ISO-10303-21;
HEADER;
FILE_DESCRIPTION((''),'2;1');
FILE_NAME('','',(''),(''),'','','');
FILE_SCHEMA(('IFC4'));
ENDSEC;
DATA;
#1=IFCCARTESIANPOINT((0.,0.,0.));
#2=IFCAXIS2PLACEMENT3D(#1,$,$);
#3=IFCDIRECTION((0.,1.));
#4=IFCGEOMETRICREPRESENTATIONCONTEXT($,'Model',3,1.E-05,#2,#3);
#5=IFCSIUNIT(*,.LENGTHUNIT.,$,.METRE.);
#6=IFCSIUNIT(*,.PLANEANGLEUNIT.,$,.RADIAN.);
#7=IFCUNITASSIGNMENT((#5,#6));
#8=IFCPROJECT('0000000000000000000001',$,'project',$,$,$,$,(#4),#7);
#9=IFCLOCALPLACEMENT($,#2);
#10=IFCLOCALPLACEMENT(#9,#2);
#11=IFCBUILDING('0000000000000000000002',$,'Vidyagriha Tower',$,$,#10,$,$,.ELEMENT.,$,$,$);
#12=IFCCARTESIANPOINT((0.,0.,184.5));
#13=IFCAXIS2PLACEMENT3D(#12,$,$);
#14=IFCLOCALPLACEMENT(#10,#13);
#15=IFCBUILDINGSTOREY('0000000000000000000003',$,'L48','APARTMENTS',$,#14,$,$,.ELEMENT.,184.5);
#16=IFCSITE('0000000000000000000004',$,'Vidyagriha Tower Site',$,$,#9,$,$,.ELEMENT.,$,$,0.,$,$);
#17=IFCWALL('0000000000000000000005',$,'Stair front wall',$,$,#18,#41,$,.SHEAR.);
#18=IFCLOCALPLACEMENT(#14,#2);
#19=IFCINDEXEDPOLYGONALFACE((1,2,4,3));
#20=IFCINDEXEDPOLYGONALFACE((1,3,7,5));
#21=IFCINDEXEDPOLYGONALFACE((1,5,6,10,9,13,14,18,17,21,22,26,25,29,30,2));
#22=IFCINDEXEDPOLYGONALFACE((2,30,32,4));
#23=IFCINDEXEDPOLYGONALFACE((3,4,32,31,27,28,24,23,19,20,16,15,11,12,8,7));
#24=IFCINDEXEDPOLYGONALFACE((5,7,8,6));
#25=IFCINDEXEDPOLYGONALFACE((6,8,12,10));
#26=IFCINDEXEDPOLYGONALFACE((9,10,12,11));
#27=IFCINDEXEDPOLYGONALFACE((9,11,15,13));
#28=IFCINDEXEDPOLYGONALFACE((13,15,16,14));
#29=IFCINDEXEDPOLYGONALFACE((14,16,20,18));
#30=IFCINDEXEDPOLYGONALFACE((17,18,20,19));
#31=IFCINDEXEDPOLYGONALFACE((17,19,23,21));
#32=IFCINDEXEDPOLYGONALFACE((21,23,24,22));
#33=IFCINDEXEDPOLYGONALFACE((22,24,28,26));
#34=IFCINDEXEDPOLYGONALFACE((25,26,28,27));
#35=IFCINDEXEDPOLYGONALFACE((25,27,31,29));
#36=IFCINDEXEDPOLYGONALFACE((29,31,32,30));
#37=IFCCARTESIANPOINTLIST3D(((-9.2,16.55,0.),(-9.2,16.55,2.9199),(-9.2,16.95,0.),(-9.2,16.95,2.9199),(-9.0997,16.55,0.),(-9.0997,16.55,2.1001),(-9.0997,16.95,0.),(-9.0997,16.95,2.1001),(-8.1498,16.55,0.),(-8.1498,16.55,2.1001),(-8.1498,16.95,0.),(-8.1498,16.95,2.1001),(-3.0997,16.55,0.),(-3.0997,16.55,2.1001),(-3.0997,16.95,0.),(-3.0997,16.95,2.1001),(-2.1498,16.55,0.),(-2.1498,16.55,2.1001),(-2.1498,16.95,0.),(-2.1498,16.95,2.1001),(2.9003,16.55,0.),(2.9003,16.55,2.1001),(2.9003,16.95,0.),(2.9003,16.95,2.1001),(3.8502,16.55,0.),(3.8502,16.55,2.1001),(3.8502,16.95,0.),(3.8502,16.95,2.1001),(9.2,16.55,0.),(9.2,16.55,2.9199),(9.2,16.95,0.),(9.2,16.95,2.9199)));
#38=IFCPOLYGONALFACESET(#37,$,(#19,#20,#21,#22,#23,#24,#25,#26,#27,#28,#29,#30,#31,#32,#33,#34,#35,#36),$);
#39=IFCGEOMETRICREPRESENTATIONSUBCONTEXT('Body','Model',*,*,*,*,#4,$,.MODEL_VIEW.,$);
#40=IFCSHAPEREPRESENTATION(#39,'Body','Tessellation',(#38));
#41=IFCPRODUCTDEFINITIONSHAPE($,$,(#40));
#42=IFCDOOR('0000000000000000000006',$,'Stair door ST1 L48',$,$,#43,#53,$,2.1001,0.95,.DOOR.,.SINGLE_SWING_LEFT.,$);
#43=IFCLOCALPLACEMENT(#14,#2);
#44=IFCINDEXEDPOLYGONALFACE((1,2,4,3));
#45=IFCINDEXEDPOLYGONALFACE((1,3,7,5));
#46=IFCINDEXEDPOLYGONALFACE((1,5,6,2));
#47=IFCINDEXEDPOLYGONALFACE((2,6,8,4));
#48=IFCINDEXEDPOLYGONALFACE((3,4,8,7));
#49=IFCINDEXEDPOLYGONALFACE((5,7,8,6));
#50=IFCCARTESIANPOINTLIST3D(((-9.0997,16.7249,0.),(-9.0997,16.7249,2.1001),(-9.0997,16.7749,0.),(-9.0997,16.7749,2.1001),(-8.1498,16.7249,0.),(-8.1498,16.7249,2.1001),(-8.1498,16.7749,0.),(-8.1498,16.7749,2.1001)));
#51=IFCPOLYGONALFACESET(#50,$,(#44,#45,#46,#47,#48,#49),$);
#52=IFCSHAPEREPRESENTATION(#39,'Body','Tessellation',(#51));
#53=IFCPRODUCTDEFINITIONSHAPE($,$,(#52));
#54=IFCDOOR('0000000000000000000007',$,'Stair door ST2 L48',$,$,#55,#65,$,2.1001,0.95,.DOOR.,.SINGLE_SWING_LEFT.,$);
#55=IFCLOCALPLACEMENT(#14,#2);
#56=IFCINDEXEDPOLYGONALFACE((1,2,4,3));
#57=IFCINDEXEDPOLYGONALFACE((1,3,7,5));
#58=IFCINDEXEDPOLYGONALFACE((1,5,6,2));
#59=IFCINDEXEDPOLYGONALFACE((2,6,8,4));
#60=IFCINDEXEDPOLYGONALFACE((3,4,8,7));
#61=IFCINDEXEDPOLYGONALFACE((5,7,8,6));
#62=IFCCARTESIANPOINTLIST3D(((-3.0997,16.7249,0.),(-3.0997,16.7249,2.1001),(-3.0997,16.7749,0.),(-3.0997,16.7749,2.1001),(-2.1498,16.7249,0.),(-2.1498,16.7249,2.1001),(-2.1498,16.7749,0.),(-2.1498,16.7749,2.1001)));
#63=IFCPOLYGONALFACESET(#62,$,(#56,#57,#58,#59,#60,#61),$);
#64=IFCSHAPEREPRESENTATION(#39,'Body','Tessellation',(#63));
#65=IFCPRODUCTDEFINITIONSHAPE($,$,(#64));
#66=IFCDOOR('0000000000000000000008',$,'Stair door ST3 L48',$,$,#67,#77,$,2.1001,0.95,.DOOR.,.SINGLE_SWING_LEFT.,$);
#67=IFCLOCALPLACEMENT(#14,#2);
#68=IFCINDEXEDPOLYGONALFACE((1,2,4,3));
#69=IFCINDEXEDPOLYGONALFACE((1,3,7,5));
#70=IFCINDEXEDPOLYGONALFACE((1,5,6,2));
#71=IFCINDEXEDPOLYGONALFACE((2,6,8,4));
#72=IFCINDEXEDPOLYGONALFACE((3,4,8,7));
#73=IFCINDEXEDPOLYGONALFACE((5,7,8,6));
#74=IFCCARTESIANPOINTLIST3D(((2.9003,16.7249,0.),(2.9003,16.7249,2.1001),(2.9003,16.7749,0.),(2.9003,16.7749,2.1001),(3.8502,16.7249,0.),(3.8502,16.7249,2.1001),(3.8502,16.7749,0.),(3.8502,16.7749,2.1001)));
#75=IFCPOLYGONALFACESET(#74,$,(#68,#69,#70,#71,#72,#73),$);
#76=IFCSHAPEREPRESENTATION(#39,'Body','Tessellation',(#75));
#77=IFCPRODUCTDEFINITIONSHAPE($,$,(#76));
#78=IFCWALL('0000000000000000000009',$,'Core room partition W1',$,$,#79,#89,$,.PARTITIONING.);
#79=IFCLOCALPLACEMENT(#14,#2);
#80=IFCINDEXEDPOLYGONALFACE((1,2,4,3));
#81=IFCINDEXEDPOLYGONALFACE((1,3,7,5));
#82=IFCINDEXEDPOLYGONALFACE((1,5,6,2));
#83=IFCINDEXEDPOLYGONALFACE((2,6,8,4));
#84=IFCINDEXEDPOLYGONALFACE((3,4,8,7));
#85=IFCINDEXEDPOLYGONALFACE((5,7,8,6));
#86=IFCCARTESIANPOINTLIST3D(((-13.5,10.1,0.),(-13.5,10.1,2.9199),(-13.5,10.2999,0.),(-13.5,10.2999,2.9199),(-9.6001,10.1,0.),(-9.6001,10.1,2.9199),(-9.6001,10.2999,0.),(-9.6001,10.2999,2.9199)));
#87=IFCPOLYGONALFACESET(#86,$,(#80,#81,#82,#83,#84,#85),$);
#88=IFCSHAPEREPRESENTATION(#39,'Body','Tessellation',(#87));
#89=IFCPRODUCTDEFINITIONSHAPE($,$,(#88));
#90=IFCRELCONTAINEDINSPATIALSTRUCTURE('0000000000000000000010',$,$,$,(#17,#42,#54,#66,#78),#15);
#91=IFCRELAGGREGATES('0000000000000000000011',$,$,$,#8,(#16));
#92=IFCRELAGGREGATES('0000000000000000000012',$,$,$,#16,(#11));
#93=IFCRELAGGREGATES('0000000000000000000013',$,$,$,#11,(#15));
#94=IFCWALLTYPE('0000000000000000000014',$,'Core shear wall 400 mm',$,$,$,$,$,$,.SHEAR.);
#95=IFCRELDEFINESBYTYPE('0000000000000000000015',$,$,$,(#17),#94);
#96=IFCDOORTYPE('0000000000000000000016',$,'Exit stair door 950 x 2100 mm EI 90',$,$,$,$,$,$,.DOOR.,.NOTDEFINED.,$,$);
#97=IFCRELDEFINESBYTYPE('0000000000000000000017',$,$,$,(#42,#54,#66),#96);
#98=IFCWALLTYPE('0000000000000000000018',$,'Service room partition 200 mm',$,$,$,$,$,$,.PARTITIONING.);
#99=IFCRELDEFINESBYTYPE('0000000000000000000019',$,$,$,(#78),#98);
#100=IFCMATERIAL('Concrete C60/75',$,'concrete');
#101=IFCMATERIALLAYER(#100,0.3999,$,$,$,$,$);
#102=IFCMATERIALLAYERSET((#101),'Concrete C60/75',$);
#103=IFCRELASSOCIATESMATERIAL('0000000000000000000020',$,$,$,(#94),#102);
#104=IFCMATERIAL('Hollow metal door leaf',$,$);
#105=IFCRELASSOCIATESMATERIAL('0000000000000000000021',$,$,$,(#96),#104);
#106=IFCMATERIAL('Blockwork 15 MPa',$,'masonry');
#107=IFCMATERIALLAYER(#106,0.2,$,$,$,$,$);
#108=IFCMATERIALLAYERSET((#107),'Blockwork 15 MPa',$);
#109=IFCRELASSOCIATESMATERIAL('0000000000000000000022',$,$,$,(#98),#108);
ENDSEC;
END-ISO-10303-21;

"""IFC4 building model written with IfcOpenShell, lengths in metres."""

from ifc_helpers import new_model, si_unit, direction, frame, frame_2d, origin, place, context, subcontext, project, spatial, rectangle, extrude, material, layer, layer_set, type_object, element, fill, save


model = new_model("IFC4")

# Units and contexts
model_context = context("Model", 3, precision=1e-05, world=origin(), true_north=direction((0.0, 1.0)))
body_context = subcontext(model_context, "Body", "Model", "MODEL_VIEW")
ifc_project = project(units=[si_unit("LENGTHUNIT", "METRE"), si_unit("PLANEANGLEUNIT", "RADIAN")], contexts=[model_context])

# Site, building, storey
site_placement = place(None, origin())
site = spatial("IfcSite", under=ifc_project, at=site_placement, Name="Vidyagriha Tower Site", CompositionType="ELEMENT", RefElevation=0.0)
building_placement = place(site_placement, origin())
building = spatial("IfcBuilding", under=site, at=building_placement, Name="Vidyagriha Tower", CompositionType="ELEMENT")
storey_placement = place(building_placement, frame((0.0, 0.0, 184.5)))
storey = spatial("IfcBuildingStorey", under=building, at=storey_placement, Name="L48", Description="APARTMENTS", CompositionType="ELEMENT", Elevation=184.5)

# Shared definitions
ifc_material_1 = material(Name="Concrete C60/75", Category="concrete")
ifc_layer_1 = layer(ifc_material_1, 0.3999)
ifc_layer_set_1 = layer_set([ifc_layer_1], Name="Concrete C60/75")
wall_type_1 = type_object("IfcWallType", Name="Core shear wall 400 mm", PredefinedType="SHEAR", material=ifc_layer_set_1)

# Wall, openings, doors
wall_1_placement = place(storey_placement, frame((-9.2, 16.75, 0.0)))
wall_1 = element("IfcWall", 1, at=wall_1_placement, inside=storey, type_object=wall_type_1, Name="Stair front wall", PredefinedType="SHEAR", context=body_context, shape_type="SweptSolid", body=[
    extrude(rectangle(XDim=18.3999, YDim=0.3999, at=frame_2d((9.2, 0.0))), origin(), (0.0, 0.0, 1.0), 2.9199),
])
opening_1_placement = place(wall_1_placement, frame((0.1001, 0.0, 0.0)))
opening_1 = element("IfcOpeningElement", 2, at=opening_1_placement, cuts=wall_1, PredefinedType="OPENING", context=body_context, shape_type="SweptSolid", body=[
    extrude(rectangle(XDim=0.95, YDim=2.1001, at=frame_2d((0.4751, 1.05))), frame((0.0, 0.21, 0.0), z_axis=(0.0, -1.0, 0.0), x_axis=(1.0, 0.0, 0.0)), (0.0, 0.0, 1.0), 0.4199),
])
opening_2_placement = place(wall_1_placement, frame((6.1001, 0.0, 0.0)))
opening_2 = element("IfcOpeningElement", 3, at=opening_2_placement, cuts=wall_1, PredefinedType="OPENING", context=body_context, shape_type="SweptSolid", body=[
    extrude(rectangle(XDim=0.95, YDim=2.1001, at=frame_2d((0.4751, 1.05))), frame((0.0, 0.21, 0.0), z_axis=(0.0, -1.0, 0.0), x_axis=(1.0, 0.0, 0.0)), (0.0, 0.0, 1.0), 0.4199),
])
opening_3_placement = place(wall_1_placement, frame((12.1001, 0.0, 0.0)))
opening_3 = element("IfcOpeningElement", 4, at=opening_3_placement, cuts=wall_1, PredefinedType="OPENING", context=body_context, shape_type="SweptSolid", body=[
    extrude(rectangle(XDim=0.95, YDim=2.1001, at=frame_2d((0.4751, 1.05))), frame((0.0, 0.21, 0.0), z_axis=(0.0, -1.0, 0.0), x_axis=(1.0, 0.0, 0.0)), (0.0, 0.0, 1.0), 0.4199),
])
ifc_material_2 = material(Name="Hollow metal door leaf")
door_type_1 = type_object("IfcDoorType", Name="Exit stair door 950 x 2100 mm EI 90", OperationType="NOTDEFINED", PredefinedType="DOOR", material=ifc_material_2)
door_1_placement = place(opening_1_placement, origin())
door_1 = element("IfcDoor", 5, at=door_1_placement, inside=storey, type_object=door_type_1, Name="Stair door ST1 L48", OperationType="SINGLE_SWING_LEFT", OverallHeight=2.1001, OverallWidth=0.95, PredefinedType="DOOR", context=body_context, shape_type="SweptSolid", body=[
    extrude(rectangle(XDim=0.95, YDim=2.1001, at=frame_2d((0.4751, 1.05))), frame((0.0, 0.0249, 0.0), z_axis=(0.0, -1.0, 0.0), x_axis=(1.0, 0.0, 0.0)), (0.0, 0.0, 1.0), 0.05),
])
fill(opening_1, door_1)
door_2_placement = place(opening_2_placement, origin())
door_2 = element("IfcDoor", 6, at=door_2_placement, inside=storey, type_object=door_type_1, Name="Stair door ST2 L48", OperationType="SINGLE_SWING_LEFT", OverallHeight=2.1001, OverallWidth=0.95, PredefinedType="DOOR", context=body_context, shape_type="SweptSolid", body=[
    extrude(rectangle(XDim=0.95, YDim=2.1001, at=frame_2d((0.4751, 1.05))), frame((0.0, 0.0249, 0.0), z_axis=(0.0, -1.0, 0.0), x_axis=(1.0, 0.0, 0.0)), (0.0, 0.0, 1.0), 0.05),
])
fill(opening_2, door_2)
door_3_placement = place(opening_3_placement, origin())
door_3 = element("IfcDoor", 7, at=door_3_placement, inside=storey, type_object=door_type_1, Name="Stair door ST3 L48", OperationType="SINGLE_SWING_LEFT", OverallHeight=2.1001, OverallWidth=0.95, PredefinedType="DOOR", context=body_context, shape_type="SweptSolid", body=[
    extrude(rectangle(XDim=0.95, YDim=2.1001, at=frame_2d((0.4751, 1.05))), frame((0.0, 0.0249, 0.0), z_axis=(0.0, -1.0, 0.0), x_axis=(1.0, 0.0, 0.0)), (0.0, 0.0, 1.0), 0.05),
])
fill(opening_3, door_3)

# Wall
ifc_material_3 = material(Name="Blockwork 15 MPa", Category="masonry")
ifc_layer_2 = layer(ifc_material_3, 0.2)
ifc_layer_set_2 = layer_set([ifc_layer_2], Name="Blockwork 15 MPa")
wall_type_2 = type_object("IfcWallType", Name="Service room partition 200 mm", PredefinedType="PARTITIONING", material=ifc_layer_set_2)
wall_2_placement = place(storey_placement, frame((-13.5, 10.2, 0.0)))
element("IfcWall", 8, at=wall_2_placement, inside=storey, type_object=wall_type_2, Name="Core room partition W1", PredefinedType="PARTITIONING", context=body_context, shape_type="SweptSolid", body=[
    extrude(rectangle(XDim=3.8999, YDim=0.2, at=frame_2d((1.95, 0.0))), origin(), (0.0, 0.0, 1.0), 2.9199),
])

save(model, "model.ifc")
